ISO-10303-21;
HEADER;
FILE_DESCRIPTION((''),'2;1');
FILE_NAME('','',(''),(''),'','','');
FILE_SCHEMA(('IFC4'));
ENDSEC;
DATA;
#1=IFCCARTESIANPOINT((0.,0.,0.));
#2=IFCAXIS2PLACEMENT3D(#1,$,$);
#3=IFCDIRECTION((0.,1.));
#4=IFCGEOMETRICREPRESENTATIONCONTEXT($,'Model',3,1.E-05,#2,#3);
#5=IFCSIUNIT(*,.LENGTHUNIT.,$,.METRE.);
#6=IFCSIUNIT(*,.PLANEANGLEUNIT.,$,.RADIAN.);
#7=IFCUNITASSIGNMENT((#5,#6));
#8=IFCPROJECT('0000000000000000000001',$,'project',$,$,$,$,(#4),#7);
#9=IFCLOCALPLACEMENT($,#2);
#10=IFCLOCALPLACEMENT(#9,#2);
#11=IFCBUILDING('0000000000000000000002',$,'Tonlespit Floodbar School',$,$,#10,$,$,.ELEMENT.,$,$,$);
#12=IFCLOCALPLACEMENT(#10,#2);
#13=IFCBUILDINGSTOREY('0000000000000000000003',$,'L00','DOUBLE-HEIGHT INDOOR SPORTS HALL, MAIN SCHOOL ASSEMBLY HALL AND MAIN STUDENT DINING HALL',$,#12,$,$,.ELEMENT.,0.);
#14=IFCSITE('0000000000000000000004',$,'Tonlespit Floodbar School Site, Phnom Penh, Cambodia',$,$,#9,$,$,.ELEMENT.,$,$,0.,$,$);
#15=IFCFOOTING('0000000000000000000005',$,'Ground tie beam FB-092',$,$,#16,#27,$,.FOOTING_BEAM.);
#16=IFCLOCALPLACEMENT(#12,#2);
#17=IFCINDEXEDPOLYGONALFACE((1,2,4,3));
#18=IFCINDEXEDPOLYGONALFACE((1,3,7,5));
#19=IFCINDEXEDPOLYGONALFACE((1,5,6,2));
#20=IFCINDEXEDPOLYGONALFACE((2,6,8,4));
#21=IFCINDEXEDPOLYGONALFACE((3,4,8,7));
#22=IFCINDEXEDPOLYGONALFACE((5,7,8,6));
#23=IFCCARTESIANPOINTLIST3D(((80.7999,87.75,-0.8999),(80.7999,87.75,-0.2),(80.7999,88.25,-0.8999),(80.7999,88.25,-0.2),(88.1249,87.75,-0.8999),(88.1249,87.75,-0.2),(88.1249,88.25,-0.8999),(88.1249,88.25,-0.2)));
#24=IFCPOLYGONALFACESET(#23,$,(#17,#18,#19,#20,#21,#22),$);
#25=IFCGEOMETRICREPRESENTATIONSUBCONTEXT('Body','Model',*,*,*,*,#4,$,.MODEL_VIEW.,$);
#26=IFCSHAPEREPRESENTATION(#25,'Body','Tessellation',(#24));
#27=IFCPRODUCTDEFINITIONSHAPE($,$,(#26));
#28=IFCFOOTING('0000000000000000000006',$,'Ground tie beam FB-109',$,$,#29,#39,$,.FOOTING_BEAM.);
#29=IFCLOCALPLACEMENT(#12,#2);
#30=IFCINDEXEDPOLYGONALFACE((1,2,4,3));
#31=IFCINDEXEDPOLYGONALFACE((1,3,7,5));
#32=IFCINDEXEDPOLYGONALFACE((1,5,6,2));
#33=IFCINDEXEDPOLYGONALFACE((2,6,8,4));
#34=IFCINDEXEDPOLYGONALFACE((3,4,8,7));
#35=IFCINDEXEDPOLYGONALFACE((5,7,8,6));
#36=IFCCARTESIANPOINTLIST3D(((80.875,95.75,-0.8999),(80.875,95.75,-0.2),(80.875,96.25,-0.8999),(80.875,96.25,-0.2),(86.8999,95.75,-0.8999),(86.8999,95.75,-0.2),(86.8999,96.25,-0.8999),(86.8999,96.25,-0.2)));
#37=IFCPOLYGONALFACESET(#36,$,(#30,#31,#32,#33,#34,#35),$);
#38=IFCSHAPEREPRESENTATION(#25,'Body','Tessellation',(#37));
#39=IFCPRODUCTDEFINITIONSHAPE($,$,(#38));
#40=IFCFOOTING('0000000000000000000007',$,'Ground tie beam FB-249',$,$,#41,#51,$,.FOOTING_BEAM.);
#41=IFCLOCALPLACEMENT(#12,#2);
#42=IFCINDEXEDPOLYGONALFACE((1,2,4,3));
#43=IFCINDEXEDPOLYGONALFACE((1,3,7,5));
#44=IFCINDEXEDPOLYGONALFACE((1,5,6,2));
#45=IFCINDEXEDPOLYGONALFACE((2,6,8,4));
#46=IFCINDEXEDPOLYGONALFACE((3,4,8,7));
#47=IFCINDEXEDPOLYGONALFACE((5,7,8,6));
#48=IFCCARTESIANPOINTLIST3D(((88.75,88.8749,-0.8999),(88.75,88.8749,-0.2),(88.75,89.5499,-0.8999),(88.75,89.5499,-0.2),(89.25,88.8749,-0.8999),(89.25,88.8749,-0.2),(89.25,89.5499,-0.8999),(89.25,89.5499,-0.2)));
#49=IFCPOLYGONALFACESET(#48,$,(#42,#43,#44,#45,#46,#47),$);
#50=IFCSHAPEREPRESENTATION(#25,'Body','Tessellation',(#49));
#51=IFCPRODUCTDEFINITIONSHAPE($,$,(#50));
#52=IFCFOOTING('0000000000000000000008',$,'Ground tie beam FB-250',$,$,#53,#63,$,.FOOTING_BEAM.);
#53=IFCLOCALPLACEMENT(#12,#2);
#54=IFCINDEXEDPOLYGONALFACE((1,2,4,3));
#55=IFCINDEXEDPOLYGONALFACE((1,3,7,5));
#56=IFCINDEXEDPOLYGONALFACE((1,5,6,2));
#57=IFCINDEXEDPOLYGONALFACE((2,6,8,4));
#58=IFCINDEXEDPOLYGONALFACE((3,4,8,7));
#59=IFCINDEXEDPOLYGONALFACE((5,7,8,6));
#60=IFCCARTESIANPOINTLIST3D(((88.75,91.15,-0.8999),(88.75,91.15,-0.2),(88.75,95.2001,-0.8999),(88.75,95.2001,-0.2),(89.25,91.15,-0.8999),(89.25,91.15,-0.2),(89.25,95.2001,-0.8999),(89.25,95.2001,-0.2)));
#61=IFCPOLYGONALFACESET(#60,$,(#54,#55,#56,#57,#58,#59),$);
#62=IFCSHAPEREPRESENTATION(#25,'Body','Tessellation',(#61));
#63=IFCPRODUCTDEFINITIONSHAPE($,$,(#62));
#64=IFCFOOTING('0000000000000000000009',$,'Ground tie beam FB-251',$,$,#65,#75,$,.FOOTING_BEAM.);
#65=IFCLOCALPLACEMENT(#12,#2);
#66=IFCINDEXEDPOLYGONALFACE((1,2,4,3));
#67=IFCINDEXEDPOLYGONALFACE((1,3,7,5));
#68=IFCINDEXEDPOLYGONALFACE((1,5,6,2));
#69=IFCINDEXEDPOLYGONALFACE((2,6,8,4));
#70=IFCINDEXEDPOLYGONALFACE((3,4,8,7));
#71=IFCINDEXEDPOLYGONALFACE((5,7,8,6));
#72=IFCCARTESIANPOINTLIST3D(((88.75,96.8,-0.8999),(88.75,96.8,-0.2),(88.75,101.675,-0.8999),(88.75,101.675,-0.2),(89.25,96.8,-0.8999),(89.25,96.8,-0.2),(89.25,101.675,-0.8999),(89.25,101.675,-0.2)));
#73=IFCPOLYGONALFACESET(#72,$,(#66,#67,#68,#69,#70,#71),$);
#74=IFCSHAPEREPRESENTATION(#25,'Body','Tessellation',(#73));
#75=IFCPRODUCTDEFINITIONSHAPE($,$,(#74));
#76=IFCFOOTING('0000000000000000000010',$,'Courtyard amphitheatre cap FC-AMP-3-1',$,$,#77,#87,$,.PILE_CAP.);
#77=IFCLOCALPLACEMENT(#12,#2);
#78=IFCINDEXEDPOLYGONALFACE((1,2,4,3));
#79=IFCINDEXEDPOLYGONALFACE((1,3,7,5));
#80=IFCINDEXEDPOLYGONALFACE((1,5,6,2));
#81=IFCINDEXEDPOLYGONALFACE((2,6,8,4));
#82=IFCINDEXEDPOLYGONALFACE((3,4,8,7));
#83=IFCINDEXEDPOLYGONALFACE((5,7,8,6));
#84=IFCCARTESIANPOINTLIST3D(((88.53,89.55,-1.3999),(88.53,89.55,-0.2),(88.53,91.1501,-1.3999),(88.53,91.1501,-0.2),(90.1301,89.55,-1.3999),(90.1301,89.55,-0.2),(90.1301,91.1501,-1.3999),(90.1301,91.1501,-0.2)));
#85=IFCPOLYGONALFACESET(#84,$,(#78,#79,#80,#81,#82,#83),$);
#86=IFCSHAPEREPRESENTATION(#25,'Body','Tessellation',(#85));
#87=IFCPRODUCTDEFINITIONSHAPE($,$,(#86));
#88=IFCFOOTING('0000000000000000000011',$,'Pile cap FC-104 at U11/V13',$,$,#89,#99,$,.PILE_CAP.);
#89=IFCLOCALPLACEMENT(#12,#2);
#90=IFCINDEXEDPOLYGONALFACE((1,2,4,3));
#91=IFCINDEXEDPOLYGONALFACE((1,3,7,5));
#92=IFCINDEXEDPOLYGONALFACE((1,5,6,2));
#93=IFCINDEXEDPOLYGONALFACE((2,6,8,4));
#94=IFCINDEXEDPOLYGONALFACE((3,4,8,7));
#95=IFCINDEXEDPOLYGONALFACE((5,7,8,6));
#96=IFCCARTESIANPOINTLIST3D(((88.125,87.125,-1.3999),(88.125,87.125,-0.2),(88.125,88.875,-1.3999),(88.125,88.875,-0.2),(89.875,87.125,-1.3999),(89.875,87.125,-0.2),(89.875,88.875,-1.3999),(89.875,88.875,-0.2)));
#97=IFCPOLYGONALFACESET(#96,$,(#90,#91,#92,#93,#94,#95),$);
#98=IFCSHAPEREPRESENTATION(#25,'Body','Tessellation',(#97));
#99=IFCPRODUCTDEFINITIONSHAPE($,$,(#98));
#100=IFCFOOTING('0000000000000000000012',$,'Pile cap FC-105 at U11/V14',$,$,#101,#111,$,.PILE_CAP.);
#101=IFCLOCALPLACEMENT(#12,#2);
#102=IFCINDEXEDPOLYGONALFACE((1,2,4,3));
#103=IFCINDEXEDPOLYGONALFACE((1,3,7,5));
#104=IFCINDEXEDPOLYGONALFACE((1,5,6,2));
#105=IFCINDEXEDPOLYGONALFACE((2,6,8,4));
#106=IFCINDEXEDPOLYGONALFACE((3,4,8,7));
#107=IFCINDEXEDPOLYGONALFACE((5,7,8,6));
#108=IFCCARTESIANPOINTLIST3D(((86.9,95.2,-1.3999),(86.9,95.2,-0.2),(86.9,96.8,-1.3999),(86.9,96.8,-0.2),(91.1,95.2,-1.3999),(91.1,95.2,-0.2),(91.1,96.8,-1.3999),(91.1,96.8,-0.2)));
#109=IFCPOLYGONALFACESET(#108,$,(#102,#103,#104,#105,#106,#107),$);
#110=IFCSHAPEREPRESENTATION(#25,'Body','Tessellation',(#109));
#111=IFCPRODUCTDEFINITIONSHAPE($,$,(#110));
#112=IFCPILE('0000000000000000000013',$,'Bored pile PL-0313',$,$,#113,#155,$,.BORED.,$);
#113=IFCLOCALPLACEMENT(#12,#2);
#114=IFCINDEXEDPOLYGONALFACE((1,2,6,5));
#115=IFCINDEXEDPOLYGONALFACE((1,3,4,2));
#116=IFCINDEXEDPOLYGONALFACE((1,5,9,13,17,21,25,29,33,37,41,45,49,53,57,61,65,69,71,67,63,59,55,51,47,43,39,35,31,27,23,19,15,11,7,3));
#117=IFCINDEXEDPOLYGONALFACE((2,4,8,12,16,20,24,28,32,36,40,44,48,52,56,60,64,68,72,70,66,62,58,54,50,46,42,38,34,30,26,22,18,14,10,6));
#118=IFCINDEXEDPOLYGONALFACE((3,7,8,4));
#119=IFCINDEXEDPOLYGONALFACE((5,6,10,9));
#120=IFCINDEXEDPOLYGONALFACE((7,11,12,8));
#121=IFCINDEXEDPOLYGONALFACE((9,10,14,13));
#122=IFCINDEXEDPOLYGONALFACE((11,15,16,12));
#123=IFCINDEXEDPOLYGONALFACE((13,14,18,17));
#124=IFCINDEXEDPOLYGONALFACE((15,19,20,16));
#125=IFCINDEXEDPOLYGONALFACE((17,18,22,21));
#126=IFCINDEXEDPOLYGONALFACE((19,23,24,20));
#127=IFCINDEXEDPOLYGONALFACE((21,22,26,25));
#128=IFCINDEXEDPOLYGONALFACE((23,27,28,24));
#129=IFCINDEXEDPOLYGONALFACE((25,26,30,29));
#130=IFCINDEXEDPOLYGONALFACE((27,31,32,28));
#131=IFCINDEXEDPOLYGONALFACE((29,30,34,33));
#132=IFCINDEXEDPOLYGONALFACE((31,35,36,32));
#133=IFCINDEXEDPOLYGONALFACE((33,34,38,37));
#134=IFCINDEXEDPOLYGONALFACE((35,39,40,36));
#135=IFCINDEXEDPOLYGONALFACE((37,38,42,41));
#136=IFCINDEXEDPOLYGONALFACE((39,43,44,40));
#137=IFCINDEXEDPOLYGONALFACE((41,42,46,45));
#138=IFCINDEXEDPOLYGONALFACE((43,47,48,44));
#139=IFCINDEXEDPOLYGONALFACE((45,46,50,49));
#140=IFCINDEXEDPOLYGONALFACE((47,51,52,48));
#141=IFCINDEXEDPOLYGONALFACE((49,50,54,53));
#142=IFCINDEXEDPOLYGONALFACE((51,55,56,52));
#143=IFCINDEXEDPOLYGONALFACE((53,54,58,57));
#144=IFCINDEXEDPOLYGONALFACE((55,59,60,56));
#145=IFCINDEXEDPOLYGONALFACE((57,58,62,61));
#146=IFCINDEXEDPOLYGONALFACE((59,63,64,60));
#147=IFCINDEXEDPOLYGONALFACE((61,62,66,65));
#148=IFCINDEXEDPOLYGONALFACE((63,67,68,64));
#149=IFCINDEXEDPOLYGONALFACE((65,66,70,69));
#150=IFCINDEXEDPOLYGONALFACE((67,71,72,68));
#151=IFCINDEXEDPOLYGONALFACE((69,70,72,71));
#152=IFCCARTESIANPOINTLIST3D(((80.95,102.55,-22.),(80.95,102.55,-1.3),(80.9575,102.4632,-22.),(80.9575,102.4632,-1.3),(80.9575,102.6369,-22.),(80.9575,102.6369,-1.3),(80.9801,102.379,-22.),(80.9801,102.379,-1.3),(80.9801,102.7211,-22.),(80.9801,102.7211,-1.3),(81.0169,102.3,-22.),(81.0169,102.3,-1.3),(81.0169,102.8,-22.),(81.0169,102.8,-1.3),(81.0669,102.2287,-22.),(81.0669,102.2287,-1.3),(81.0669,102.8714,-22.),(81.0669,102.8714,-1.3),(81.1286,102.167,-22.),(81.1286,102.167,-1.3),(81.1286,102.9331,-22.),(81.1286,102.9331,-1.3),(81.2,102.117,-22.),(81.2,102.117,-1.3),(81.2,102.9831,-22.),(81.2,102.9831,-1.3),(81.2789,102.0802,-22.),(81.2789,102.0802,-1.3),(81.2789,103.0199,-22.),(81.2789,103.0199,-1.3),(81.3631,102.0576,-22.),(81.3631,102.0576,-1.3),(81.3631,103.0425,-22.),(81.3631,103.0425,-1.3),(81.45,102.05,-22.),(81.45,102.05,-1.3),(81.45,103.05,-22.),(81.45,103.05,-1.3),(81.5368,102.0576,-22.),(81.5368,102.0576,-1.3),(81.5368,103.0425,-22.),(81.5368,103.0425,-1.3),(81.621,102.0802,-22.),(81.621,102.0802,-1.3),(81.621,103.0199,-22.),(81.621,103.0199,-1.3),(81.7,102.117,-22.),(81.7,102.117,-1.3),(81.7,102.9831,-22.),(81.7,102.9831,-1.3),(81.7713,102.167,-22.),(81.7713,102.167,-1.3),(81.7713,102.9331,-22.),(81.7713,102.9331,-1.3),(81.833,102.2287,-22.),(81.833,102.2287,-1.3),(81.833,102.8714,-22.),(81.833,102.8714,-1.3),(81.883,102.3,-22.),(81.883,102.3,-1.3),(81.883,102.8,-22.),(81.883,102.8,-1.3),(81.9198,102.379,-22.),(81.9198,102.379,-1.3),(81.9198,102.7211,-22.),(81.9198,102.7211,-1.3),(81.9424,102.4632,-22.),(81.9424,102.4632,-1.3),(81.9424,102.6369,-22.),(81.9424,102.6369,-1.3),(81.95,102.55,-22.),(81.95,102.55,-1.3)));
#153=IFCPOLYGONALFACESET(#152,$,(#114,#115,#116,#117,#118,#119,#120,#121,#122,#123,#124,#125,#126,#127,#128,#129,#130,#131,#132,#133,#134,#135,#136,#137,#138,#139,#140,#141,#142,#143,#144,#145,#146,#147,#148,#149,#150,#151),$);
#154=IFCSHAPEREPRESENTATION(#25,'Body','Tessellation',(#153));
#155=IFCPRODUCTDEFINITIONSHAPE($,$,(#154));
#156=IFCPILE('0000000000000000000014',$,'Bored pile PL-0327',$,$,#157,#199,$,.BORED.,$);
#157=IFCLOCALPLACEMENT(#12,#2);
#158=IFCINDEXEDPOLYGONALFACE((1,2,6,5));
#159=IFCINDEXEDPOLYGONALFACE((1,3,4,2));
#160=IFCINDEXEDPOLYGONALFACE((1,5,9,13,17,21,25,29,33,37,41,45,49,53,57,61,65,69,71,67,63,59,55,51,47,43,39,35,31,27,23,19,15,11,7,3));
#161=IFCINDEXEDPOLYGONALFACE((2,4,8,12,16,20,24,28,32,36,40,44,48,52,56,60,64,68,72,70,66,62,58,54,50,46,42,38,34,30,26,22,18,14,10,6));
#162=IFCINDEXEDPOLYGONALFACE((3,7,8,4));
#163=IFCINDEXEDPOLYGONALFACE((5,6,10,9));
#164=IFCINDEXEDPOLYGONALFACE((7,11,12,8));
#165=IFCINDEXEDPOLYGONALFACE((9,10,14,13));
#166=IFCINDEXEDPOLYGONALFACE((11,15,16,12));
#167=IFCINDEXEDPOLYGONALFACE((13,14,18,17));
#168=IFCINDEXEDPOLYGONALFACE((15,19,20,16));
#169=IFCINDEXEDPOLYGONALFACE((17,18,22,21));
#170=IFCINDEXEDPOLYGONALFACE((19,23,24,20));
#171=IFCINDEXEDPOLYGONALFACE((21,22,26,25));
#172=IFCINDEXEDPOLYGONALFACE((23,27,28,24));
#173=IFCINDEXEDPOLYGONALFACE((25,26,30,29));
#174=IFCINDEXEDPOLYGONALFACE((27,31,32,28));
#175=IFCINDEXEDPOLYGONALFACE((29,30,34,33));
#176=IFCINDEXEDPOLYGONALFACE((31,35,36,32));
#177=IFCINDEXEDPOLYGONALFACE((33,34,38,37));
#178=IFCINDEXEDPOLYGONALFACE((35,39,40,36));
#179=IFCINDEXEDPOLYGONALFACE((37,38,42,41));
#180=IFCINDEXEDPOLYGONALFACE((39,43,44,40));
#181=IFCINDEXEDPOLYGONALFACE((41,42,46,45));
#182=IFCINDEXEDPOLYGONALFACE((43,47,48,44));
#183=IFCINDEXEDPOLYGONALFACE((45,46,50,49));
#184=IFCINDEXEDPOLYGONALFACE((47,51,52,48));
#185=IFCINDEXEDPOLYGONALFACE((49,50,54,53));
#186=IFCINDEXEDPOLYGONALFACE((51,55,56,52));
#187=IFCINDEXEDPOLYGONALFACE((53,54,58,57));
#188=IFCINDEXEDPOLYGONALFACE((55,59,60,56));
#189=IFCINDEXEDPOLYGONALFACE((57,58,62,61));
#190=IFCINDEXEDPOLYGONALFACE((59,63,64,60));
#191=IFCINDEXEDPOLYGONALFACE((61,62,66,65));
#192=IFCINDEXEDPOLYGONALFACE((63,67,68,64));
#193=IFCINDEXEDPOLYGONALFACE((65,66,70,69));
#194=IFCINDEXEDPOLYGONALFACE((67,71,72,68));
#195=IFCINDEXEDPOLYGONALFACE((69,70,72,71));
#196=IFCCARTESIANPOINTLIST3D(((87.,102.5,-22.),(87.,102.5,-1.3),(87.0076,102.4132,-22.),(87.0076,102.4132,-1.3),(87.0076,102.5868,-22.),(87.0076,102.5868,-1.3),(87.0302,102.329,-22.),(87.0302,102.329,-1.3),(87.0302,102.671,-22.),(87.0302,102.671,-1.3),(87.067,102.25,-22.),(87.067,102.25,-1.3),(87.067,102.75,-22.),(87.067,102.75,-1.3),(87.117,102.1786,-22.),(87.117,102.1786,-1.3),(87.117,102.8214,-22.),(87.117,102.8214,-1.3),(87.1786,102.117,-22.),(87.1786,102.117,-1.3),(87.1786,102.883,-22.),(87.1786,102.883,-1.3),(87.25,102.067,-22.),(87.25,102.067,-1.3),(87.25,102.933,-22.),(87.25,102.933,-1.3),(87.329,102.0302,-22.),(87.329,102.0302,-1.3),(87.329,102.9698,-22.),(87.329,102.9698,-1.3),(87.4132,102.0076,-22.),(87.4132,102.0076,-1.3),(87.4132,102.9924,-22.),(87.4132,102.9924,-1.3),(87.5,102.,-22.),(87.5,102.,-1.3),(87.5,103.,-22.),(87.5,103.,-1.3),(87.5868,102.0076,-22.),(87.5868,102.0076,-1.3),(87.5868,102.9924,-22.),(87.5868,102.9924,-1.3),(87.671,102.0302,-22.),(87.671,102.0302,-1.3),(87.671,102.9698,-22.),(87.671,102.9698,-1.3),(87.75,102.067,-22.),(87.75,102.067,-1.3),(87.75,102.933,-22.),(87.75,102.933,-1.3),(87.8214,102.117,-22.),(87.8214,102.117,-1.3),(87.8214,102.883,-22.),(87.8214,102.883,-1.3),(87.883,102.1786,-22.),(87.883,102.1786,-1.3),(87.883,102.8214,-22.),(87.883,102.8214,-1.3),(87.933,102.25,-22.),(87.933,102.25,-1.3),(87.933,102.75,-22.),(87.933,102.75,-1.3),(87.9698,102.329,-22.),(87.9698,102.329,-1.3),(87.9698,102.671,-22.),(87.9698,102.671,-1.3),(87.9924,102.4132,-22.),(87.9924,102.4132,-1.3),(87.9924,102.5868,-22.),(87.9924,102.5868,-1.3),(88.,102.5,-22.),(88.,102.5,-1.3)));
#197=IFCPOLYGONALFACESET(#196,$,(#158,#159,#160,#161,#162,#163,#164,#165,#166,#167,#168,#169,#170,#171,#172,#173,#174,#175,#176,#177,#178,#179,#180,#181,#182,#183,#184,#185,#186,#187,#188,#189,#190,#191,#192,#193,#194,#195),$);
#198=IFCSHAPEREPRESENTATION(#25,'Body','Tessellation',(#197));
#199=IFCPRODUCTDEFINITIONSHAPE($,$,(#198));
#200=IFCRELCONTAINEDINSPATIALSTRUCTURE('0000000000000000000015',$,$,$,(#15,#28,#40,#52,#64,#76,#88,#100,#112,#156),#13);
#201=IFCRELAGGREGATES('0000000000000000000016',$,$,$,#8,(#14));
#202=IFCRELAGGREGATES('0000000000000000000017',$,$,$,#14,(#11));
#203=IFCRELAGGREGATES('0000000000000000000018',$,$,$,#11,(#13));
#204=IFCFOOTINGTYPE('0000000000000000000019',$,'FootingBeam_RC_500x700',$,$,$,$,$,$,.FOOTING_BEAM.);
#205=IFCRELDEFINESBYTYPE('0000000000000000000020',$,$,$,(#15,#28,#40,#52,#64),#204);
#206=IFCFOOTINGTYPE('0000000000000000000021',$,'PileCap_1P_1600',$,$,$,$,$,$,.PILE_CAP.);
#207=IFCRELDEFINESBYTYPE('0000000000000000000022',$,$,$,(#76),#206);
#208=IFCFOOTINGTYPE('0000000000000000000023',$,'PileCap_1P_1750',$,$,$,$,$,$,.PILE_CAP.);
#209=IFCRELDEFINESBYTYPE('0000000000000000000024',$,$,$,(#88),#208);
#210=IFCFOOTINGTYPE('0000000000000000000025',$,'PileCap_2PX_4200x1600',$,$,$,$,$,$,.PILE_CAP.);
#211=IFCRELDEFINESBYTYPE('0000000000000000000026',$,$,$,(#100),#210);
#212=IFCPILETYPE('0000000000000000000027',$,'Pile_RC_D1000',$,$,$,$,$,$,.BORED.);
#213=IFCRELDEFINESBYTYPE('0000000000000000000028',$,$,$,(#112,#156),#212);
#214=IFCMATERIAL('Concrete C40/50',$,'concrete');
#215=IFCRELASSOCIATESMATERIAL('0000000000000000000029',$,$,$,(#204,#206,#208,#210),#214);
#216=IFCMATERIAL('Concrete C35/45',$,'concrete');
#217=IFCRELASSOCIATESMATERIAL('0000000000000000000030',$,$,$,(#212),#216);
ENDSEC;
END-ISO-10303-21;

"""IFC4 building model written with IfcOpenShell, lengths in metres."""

from ifc_helpers import new_model, si_unit, direction, frame, origin, origin_2d, place, context, subcontext, project, spatial, rectangle, circle, extrude, material, material_profile, profile_set, type_object, element, save


model = new_model("IFC4")

# Units and contexts
model_context = context("Model", 3, precision=1e-05, world=origin(), true_north=direction((0.0, 1.0)))
body_context = subcontext(model_context, "Body", "Model", "MODEL_VIEW")
ifc_project = project(units=[si_unit("LENGTHUNIT", "METRE"), si_unit("PLANEANGLEUNIT", "RADIAN")], contexts=[model_context])

# Site, building, storey
site_placement = place(None, origin())
site = spatial("IfcSite", under=ifc_project, at=site_placement, Name="Tonlespit Floodbar School Site, Phnom Penh, Cambodia", CompositionType="ELEMENT", RefElevation=0.0)
building_placement = place(site_placement, origin())
building = spatial("IfcBuilding", under=site, at=building_placement, Name="Tonlespit Floodbar School", CompositionType="ELEMENT")
storey_placement = place(building_placement, origin())
storey = spatial("IfcBuildingStorey", under=building, at=storey_placement, Name="L00", Description="DOUBLE-HEIGHT INDOOR SPORTS HALL, MAIN SCHOOL ASSEMBLY HALL AND MAIN STUDENT DINING HALL", CompositionType="ELEMENT", Elevation=0.0)

# Footings
ifc_material_1 = material(Name="Concrete C40/50", Category="concrete")
footing_type_1 = type_object("IfcFootingType", Name="FootingBeam_RC_500x700", PredefinedType="FOOTING_BEAM", material=ifc_material_1)
footing_1_placement = place(storey_placement, frame((84.4624, 88.0, -0.8999), z_axis=(0.0, 0.0, 1.0), x_axis=(1.0, 0.0, 0.0)))
element("IfcFooting", 1, at=footing_1_placement, inside=storey, type_object=footing_type_1, Name="Ground tie beam FB-092", PredefinedType="FOOTING_BEAM", context=body_context, shape_type="SweptSolid", body=[
    extrude(rectangle(XDim=7.325, YDim=0.5, at=origin_2d()), origin(), (0.0, 0.0, 1.0), 0.7),
])
footing_2_placement = place(storey_placement, frame((83.8875, 96.0, -0.8999), z_axis=(0.0, 0.0, 1.0), x_axis=(1.0, 0.0, 0.0)))
element("IfcFooting", 2, at=footing_2_placement, inside=storey, type_object=footing_type_1, Name="Ground tie beam FB-109", PredefinedType="FOOTING_BEAM", context=body_context, shape_type="SweptSolid", body=[
    extrude(rectangle(XDim=6.0249, YDim=0.5, at=origin_2d()), origin(), (0.0, 0.0, 1.0), 0.7),
])
footing_3_placement = place(storey_placement, frame((89.0, 89.2124, -0.8999), z_axis=(0.0, 0.0, 1.0), x_axis=(0.0, 1.0, 0.0)))
element("IfcFooting", 3, at=footing_3_placement, inside=storey, type_object=footing_type_1, Name="Ground tie beam FB-249", PredefinedType="FOOTING_BEAM", context=body_context, shape_type="SweptSolid", body=[
    extrude(rectangle(XDim=0.675, YDim=0.5, at=origin_2d()), origin(), (0.0, 0.0, 1.0), 0.7),
])
footing_4_placement = place(storey_placement, frame((89.0, 93.175, -0.8999), z_axis=(0.0, 0.0, 1.0), x_axis=(0.0, 1.0, 0.0)))
element("IfcFooting", 4, at=footing_4_placement, inside=storey, type_object=footing_type_1, Name="Ground tie beam FB-250", PredefinedType="FOOTING_BEAM", context=body_context, shape_type="SweptSolid", body=[
    extrude(rectangle(XDim=4.05, YDim=0.5, at=origin_2d()), origin(), (0.0, 0.0, 1.0), 0.7),
])
footing_5_placement = place(storey_placement, frame((89.0, 99.2375, -0.8999), z_axis=(0.0, 0.0, 1.0), x_axis=(0.0, 1.0, 0.0)))
element("IfcFooting", 5, at=footing_5_placement, inside=storey, type_object=footing_type_1, Name="Ground tie beam FB-251", PredefinedType="FOOTING_BEAM", context=body_context, shape_type="SweptSolid", body=[
    extrude(rectangle(XDim=4.875, YDim=0.5, at=origin_2d()), origin(), (0.0, 0.0, 1.0), 0.7),
])
footing_type_2 = type_object("IfcFootingType", Name="PileCap_1P_1600", PredefinedType="PILE_CAP", material=ifc_material_1)
footing_6_placement = place(storey_placement, frame((89.3301, 90.3501, -1.3999), z_axis=(0.0, 0.0, 1.0), x_axis=(1.0, 0.0, 0.0)))
element("IfcFooting", 6, at=footing_6_placement, inside=storey, type_object=footing_type_2, Name="Courtyard amphitheatre cap FC-AMP-3-1", PredefinedType="PILE_CAP", context=body_context, shape_type="SweptSolid", body=[
    extrude(rectangle(XDim=1.6001, YDim=1.6001, at=origin_2d()), origin(), (0.0, 0.0, 1.0), 1.2),
])
footing_type_3 = type_object("IfcFootingType", Name="PileCap_1P_1750", PredefinedType="PILE_CAP", material=ifc_material_1)
footing_7_placement = place(storey_placement, frame((89.0, 88.0, -1.3999), z_axis=(0.0, 0.0, 1.0), x_axis=(1.0, 0.0, 0.0)))
element("IfcFooting", 7, at=footing_7_placement, inside=storey, type_object=footing_type_3, Name="Pile cap FC-104 at U11/V13", PredefinedType="PILE_CAP", context=body_context, shape_type="SweptSolid", body=[
    extrude(rectangle(XDim=1.75, YDim=1.75, at=origin_2d()), origin(), (0.0, 0.0, 1.0), 1.2),
])
footing_type_4 = type_object("IfcFootingType", Name="PileCap_2PX_4200x1600", PredefinedType="PILE_CAP", material=ifc_material_1)
footing_8_placement = place(storey_placement, frame((89.0, 96.0, -1.3999), z_axis=(0.0, 0.0, 1.0), x_axis=(1.0, 0.0, 0.0)))
element("IfcFooting", 8, at=footing_8_placement, inside=storey, type_object=footing_type_4, Name="Pile cap FC-105 at U11/V14", PredefinedType="PILE_CAP", context=body_context, shape_type="SweptSolid", body=[
    extrude(rectangle(XDim=4.2, YDim=1.6001, at=origin_2d()), origin(), (0.0, 0.0, 1.0), 1.2),
])

# Piles
ifc_material_2 = material(Name="Concrete C35/45", Category="concrete")
ifc_material_profile_1 = material_profile(ifc_material_2, circle(Radius=0.5, at=origin_2d()), Name="BP D1000")
ifc_profile_set_1 = profile_set([ifc_material_profile_1], Name="Concrete C35/45")
pile_type_1 = type_object("IfcPileType", Name="Pile_RC_D1000", PredefinedType="BORED", material=ifc_profile_set_1)
for number, where, z_axis, x_axis, name in (
    (9, (81.45, 102.55, -1.3), (0.0, 0.0, -1.0), (1.0, 0.0, 0.0), "Bored pile PL-0313"),
    (10, (87.5, 102.5, -1.3), (0.0, 0.0, -1.0), (1.0, 0.0, 0.0), "Bored pile PL-0327"),
):
    element("IfcPile", number, at=place(storey_placement, frame(where, z_axis=z_axis, x_axis=x_axis)), inside=storey, type_object=pile_type_1, Name=name, PredefinedType="BORED", context=body_context, shape_type="SweptSolid", body=[
        extrude(circle(Radius=0.5, at=origin_2d()), origin(), (0.0, 0.0, 1.0), 20.7),
    ])

save(model, "model.ifc")
